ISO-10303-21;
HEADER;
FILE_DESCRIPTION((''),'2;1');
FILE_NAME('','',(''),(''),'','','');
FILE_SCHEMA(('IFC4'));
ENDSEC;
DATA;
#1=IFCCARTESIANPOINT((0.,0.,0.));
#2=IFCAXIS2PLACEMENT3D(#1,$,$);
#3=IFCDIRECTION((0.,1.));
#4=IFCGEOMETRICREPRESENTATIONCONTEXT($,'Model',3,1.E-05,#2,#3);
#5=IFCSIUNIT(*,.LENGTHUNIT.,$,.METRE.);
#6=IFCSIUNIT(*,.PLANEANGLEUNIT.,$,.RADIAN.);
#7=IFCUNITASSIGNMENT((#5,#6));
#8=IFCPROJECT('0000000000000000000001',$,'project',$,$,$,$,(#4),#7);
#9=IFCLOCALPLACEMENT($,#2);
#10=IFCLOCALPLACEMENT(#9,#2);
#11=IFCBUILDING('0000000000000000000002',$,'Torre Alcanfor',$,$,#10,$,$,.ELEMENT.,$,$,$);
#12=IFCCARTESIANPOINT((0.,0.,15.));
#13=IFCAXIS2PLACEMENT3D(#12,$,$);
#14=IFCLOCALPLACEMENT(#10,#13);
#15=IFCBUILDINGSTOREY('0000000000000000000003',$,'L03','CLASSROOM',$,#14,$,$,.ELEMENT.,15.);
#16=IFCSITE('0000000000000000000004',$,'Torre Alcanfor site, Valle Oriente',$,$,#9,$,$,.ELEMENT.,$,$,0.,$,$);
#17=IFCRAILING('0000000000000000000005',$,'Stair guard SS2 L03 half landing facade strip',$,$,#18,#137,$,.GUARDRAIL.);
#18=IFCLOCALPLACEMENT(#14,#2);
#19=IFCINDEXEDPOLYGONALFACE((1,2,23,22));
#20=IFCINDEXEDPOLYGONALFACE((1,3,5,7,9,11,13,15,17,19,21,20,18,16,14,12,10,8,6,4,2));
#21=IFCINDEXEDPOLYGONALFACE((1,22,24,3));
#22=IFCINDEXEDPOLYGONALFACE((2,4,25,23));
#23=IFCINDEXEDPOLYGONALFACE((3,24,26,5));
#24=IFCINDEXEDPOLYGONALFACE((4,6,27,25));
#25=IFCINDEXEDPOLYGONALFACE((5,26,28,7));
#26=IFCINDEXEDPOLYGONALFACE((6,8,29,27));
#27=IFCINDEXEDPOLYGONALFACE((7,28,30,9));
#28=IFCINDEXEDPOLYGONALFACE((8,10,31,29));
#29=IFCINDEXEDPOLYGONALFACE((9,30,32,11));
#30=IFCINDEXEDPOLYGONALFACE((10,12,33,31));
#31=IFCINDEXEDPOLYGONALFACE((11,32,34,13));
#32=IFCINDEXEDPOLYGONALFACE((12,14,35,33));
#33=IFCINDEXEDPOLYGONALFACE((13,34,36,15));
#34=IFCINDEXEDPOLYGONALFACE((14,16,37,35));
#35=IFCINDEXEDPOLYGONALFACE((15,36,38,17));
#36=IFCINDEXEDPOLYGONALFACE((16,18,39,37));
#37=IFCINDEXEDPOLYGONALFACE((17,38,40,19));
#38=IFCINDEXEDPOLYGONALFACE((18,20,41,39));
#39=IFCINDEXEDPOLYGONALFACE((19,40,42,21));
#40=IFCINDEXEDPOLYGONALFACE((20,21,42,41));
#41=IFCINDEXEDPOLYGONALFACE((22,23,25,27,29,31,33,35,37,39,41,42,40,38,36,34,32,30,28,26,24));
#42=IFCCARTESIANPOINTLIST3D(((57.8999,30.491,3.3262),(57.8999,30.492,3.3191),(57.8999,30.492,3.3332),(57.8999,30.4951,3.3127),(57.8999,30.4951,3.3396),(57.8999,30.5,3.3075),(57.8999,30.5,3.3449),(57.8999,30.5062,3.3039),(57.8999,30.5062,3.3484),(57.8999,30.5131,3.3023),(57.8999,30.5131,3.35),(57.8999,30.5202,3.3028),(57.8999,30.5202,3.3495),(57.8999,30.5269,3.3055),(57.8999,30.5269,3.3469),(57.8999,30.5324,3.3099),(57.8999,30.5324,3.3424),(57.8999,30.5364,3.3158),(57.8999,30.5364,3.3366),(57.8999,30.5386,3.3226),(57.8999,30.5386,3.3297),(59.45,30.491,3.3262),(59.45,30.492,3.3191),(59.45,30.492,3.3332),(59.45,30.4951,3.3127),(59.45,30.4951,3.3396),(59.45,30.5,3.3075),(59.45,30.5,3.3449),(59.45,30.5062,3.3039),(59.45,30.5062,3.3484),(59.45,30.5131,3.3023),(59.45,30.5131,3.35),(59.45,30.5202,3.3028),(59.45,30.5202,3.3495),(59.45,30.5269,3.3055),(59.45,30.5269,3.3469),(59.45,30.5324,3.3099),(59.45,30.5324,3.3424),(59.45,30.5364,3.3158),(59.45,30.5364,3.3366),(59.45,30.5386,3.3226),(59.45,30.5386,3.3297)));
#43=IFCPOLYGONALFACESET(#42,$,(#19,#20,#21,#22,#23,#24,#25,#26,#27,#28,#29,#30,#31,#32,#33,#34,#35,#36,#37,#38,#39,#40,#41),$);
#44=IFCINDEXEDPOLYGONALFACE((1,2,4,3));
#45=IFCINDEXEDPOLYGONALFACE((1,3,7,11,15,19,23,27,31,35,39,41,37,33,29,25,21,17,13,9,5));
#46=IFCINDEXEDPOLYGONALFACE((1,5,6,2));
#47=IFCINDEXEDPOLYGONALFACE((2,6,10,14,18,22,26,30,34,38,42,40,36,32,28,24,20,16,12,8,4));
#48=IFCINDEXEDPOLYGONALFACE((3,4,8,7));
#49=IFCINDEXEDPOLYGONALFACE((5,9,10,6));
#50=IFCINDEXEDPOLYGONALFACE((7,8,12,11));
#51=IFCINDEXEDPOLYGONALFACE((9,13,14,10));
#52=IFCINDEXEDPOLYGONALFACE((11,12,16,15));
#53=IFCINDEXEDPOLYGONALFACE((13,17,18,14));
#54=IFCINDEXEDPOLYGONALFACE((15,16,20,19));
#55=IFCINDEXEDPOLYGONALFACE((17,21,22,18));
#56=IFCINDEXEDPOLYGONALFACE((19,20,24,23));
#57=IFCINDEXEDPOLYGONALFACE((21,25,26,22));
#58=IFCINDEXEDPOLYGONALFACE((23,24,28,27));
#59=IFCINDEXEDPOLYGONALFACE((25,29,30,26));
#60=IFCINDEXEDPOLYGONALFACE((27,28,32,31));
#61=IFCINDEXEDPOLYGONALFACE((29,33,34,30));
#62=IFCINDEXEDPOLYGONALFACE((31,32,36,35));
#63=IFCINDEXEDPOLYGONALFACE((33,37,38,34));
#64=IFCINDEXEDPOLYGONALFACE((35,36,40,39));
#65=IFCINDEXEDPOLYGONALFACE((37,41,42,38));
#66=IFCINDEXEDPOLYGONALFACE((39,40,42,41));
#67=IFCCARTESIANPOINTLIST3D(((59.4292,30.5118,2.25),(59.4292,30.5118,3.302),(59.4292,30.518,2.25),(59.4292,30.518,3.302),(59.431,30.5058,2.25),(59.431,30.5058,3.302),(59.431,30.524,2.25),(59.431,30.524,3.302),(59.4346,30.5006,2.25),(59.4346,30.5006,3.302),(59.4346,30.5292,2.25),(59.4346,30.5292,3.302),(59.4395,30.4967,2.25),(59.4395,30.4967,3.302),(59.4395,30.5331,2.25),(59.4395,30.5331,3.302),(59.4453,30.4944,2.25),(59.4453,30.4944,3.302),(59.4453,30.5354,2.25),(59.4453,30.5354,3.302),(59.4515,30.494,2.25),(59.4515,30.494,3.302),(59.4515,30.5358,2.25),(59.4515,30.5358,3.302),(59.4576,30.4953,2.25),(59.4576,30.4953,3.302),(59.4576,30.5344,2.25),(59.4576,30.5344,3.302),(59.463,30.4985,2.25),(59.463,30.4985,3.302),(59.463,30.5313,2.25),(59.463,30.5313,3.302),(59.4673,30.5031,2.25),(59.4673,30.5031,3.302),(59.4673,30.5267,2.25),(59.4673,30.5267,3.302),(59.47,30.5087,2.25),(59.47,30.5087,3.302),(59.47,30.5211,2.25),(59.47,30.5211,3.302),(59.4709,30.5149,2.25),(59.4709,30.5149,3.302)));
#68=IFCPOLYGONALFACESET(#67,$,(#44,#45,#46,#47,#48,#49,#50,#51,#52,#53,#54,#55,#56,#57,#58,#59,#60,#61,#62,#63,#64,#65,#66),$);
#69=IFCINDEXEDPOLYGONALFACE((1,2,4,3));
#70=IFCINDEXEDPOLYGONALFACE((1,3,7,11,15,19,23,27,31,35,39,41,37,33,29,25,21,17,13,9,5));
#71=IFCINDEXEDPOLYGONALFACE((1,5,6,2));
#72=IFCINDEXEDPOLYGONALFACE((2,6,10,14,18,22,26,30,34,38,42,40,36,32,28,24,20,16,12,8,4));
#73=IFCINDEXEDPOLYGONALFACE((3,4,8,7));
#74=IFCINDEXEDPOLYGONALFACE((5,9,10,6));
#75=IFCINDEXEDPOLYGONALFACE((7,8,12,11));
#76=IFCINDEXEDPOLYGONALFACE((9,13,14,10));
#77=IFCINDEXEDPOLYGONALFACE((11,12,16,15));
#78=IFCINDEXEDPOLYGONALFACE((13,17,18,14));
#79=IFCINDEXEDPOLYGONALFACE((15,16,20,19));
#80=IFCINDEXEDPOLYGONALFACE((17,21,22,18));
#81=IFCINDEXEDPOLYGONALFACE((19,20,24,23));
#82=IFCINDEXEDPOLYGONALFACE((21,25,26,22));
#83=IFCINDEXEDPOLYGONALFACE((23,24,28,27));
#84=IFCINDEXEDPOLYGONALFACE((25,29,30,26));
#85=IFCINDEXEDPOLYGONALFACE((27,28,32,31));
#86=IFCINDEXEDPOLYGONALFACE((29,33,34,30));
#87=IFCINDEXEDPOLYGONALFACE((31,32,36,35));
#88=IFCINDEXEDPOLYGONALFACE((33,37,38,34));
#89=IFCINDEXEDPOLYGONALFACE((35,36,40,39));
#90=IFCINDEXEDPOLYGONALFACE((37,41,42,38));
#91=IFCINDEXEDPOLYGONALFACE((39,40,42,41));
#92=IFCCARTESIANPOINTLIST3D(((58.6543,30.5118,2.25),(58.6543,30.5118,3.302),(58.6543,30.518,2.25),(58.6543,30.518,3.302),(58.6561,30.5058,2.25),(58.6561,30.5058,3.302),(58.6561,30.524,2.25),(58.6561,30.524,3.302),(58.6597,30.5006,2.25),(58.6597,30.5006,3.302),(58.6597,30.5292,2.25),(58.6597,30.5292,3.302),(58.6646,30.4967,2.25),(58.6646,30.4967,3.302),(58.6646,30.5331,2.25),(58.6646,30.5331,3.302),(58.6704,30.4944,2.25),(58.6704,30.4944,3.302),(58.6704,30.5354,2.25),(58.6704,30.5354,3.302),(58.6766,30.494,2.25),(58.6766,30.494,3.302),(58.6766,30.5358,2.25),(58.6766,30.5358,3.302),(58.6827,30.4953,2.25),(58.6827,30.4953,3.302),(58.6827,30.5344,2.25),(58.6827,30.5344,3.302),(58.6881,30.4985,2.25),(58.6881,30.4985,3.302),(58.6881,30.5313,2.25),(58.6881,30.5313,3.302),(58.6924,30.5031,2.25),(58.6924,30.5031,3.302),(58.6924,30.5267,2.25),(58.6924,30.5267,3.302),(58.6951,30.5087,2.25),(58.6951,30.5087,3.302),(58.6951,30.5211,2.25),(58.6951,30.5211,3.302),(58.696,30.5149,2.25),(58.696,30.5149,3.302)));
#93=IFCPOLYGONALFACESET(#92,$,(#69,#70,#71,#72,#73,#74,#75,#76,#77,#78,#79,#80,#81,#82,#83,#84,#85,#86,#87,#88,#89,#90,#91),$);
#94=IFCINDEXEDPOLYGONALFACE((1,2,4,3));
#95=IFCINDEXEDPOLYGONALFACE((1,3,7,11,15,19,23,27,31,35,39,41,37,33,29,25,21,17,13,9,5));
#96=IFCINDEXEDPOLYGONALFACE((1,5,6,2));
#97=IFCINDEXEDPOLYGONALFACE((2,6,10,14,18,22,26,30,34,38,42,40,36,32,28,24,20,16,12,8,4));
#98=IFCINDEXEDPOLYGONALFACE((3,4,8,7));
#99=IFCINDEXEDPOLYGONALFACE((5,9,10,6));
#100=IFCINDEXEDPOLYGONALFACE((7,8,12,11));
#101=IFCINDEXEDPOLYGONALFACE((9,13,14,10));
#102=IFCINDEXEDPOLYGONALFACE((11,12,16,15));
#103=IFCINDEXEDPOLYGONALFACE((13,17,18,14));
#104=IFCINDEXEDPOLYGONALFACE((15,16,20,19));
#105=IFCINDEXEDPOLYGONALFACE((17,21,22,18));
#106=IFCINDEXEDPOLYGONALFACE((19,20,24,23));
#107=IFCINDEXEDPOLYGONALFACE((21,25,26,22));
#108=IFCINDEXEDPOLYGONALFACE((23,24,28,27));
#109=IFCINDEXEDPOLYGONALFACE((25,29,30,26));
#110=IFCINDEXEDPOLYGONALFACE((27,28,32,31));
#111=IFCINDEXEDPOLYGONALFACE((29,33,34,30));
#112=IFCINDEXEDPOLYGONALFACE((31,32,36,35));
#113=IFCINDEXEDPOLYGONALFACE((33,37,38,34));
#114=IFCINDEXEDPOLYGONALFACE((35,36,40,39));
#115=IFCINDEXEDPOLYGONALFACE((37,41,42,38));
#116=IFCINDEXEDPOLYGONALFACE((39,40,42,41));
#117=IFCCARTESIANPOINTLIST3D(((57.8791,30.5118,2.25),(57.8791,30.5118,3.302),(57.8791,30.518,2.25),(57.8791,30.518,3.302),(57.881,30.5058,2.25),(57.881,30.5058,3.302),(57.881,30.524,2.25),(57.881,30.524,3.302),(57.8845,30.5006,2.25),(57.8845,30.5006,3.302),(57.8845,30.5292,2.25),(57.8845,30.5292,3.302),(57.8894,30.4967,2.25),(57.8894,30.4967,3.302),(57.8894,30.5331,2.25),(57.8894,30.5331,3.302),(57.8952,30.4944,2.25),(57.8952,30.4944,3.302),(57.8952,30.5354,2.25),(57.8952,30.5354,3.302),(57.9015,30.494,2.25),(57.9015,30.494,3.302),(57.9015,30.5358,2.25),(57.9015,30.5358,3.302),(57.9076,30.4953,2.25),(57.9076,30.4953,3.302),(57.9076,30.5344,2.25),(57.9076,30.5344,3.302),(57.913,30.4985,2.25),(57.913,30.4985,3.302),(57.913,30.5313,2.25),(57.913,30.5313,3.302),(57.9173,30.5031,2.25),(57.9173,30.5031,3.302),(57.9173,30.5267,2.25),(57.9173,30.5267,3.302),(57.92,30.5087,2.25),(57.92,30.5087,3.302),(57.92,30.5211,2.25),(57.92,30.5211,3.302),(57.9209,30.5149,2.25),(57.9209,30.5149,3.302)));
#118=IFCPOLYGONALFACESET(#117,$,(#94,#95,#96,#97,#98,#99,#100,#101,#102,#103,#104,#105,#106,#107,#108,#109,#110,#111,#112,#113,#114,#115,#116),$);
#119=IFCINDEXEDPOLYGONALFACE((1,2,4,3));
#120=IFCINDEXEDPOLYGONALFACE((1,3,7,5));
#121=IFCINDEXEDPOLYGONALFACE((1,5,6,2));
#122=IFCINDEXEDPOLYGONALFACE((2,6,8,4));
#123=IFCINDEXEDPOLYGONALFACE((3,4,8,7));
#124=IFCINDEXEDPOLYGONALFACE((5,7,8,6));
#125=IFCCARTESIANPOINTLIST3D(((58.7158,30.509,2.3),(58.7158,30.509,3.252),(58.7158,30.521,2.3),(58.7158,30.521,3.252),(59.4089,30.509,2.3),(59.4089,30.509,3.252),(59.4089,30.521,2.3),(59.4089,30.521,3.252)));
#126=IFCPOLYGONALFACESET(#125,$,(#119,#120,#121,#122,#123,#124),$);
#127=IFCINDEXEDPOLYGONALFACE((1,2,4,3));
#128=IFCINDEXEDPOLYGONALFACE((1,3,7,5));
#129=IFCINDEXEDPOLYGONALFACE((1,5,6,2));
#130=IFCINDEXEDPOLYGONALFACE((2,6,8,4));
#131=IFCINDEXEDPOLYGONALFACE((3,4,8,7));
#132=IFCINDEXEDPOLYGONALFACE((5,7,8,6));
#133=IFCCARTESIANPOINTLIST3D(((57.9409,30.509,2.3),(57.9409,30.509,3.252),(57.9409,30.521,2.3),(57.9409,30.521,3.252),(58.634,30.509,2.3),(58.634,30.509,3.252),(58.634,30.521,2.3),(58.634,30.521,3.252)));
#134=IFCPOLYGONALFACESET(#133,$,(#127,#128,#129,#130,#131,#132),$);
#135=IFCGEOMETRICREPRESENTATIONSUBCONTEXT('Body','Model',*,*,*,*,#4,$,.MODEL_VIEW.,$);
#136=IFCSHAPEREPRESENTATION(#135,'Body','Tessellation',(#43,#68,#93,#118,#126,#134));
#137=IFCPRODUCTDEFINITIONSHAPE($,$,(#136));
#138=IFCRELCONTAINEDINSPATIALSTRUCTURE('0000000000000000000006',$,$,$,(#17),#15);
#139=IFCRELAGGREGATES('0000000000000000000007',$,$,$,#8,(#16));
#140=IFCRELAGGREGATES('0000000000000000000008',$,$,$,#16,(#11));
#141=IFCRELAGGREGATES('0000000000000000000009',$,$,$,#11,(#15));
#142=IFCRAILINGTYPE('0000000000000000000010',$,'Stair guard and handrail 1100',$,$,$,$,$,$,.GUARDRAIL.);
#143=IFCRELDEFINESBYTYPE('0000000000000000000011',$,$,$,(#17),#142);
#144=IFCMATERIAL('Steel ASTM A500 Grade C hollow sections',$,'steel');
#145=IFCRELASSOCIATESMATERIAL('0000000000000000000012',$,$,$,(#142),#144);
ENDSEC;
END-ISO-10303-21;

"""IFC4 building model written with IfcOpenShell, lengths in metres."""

from ifc_helpers import new_model, si_unit, direction, frame, origin, origin_2d, place, context, subcontext, project, spatial, polyline, circle, outline, extrude, material, type_object, element, save


model = new_model("IFC4")

# Units and contexts
model_context = context("Model", 3, precision=1e-05, world=origin(), true_north=direction((0.0, 1.0)))
body_context = subcontext(model_context, "Body", "Model", "MODEL_VIEW")
ifc_project = project(units=[si_unit("LENGTHUNIT", "METRE"), si_unit("PLANEANGLEUNIT", "RADIAN")], contexts=[model_context])

# Site, building, storey
site_placement = place(None, origin())
site = spatial("IfcSite", under=ifc_project, at=site_placement, Name="Torre Alcanfor site, Valle Oriente", CompositionType="ELEMENT", RefElevation=0.0)
building_placement = place(site_placement, origin())
building = spatial("IfcBuilding", under=site, at=building_placement, Name="Torre Alcanfor", CompositionType="ELEMENT")
storey_placement = place(building_placement, frame((0.0, 0.0, 15.0)))
storey = spatial("IfcBuildingStorey", under=building, at=storey_placement, Name="L03", Description="CLASSROOM", CompositionType="ELEMENT", Elevation=15.0)

# Railing
ifc_material_1 = material(Name="Steel ASTM A500 Grade C hollow sections", Category="steel")
railing_type_1 = type_object("IfcRailingType", Name="Stair guard and handrail 1100", PredefinedType="GUARDRAIL", material=ifc_material_1)
railing_1_placement = place(storey_placement, frame((59.45, 30.5149, 2.25)))
element("IfcRailing", 1, at=railing_1_placement, inside=storey, type_object=railing_type_1, Name="Stair guard SS2 L03 half landing facade strip", PredefinedType="GUARDRAIL", context=body_context, shape_type="SweptSolid", body=[
    extrude(circle(Radius=0.0239, at=origin_2d()), frame((0.0, 0.0, 1.0762), z_axis=(-1.0, 0.0, 0.0), x_axis=(0.0, -1.0, 0.0)), (0.0, 0.0, 1.0), 1.55),
    extrude(circle(Radius=0.021, at=origin_2d()), origin(), (0.0, 0.0, 1.0), 1.052),
    extrude(circle(Radius=0.021, at=origin_2d()), frame((-0.7749, 0.0, 0.0)), (0.0, 0.0, 1.0), 1.052),
    extrude(circle(Radius=0.021, at=origin_2d()), frame((-1.55, 0.0, 0.0)), (0.0, 0.0, 1.0), 1.052),
    extrude(outline(polyline([(0.041, 0.05), (0.7341, 0.05), (0.7341, 1.002), (0.041, 1.002), (0.041, 0.05)])), frame((0.0, -0.0059, 0.0), z_axis=(0.0, 1.0, 0.0), x_axis=(-1.0, 0.0, 0.0)), (0.0, 0.0, 1.0), 0.012),
    extrude(outline(polyline([(0.8159, 0.05), (1.509, 0.05), (1.509, 1.002), (0.8159, 1.002), (0.8159, 0.05)])), frame((0.0, -0.0059, 0.0), z_axis=(0.0, 1.0, 0.0), x_axis=(-1.0, 0.0, 0.0)), (0.0, 0.0, 1.0), 0.012),
])

save(model, "model.ifc")
